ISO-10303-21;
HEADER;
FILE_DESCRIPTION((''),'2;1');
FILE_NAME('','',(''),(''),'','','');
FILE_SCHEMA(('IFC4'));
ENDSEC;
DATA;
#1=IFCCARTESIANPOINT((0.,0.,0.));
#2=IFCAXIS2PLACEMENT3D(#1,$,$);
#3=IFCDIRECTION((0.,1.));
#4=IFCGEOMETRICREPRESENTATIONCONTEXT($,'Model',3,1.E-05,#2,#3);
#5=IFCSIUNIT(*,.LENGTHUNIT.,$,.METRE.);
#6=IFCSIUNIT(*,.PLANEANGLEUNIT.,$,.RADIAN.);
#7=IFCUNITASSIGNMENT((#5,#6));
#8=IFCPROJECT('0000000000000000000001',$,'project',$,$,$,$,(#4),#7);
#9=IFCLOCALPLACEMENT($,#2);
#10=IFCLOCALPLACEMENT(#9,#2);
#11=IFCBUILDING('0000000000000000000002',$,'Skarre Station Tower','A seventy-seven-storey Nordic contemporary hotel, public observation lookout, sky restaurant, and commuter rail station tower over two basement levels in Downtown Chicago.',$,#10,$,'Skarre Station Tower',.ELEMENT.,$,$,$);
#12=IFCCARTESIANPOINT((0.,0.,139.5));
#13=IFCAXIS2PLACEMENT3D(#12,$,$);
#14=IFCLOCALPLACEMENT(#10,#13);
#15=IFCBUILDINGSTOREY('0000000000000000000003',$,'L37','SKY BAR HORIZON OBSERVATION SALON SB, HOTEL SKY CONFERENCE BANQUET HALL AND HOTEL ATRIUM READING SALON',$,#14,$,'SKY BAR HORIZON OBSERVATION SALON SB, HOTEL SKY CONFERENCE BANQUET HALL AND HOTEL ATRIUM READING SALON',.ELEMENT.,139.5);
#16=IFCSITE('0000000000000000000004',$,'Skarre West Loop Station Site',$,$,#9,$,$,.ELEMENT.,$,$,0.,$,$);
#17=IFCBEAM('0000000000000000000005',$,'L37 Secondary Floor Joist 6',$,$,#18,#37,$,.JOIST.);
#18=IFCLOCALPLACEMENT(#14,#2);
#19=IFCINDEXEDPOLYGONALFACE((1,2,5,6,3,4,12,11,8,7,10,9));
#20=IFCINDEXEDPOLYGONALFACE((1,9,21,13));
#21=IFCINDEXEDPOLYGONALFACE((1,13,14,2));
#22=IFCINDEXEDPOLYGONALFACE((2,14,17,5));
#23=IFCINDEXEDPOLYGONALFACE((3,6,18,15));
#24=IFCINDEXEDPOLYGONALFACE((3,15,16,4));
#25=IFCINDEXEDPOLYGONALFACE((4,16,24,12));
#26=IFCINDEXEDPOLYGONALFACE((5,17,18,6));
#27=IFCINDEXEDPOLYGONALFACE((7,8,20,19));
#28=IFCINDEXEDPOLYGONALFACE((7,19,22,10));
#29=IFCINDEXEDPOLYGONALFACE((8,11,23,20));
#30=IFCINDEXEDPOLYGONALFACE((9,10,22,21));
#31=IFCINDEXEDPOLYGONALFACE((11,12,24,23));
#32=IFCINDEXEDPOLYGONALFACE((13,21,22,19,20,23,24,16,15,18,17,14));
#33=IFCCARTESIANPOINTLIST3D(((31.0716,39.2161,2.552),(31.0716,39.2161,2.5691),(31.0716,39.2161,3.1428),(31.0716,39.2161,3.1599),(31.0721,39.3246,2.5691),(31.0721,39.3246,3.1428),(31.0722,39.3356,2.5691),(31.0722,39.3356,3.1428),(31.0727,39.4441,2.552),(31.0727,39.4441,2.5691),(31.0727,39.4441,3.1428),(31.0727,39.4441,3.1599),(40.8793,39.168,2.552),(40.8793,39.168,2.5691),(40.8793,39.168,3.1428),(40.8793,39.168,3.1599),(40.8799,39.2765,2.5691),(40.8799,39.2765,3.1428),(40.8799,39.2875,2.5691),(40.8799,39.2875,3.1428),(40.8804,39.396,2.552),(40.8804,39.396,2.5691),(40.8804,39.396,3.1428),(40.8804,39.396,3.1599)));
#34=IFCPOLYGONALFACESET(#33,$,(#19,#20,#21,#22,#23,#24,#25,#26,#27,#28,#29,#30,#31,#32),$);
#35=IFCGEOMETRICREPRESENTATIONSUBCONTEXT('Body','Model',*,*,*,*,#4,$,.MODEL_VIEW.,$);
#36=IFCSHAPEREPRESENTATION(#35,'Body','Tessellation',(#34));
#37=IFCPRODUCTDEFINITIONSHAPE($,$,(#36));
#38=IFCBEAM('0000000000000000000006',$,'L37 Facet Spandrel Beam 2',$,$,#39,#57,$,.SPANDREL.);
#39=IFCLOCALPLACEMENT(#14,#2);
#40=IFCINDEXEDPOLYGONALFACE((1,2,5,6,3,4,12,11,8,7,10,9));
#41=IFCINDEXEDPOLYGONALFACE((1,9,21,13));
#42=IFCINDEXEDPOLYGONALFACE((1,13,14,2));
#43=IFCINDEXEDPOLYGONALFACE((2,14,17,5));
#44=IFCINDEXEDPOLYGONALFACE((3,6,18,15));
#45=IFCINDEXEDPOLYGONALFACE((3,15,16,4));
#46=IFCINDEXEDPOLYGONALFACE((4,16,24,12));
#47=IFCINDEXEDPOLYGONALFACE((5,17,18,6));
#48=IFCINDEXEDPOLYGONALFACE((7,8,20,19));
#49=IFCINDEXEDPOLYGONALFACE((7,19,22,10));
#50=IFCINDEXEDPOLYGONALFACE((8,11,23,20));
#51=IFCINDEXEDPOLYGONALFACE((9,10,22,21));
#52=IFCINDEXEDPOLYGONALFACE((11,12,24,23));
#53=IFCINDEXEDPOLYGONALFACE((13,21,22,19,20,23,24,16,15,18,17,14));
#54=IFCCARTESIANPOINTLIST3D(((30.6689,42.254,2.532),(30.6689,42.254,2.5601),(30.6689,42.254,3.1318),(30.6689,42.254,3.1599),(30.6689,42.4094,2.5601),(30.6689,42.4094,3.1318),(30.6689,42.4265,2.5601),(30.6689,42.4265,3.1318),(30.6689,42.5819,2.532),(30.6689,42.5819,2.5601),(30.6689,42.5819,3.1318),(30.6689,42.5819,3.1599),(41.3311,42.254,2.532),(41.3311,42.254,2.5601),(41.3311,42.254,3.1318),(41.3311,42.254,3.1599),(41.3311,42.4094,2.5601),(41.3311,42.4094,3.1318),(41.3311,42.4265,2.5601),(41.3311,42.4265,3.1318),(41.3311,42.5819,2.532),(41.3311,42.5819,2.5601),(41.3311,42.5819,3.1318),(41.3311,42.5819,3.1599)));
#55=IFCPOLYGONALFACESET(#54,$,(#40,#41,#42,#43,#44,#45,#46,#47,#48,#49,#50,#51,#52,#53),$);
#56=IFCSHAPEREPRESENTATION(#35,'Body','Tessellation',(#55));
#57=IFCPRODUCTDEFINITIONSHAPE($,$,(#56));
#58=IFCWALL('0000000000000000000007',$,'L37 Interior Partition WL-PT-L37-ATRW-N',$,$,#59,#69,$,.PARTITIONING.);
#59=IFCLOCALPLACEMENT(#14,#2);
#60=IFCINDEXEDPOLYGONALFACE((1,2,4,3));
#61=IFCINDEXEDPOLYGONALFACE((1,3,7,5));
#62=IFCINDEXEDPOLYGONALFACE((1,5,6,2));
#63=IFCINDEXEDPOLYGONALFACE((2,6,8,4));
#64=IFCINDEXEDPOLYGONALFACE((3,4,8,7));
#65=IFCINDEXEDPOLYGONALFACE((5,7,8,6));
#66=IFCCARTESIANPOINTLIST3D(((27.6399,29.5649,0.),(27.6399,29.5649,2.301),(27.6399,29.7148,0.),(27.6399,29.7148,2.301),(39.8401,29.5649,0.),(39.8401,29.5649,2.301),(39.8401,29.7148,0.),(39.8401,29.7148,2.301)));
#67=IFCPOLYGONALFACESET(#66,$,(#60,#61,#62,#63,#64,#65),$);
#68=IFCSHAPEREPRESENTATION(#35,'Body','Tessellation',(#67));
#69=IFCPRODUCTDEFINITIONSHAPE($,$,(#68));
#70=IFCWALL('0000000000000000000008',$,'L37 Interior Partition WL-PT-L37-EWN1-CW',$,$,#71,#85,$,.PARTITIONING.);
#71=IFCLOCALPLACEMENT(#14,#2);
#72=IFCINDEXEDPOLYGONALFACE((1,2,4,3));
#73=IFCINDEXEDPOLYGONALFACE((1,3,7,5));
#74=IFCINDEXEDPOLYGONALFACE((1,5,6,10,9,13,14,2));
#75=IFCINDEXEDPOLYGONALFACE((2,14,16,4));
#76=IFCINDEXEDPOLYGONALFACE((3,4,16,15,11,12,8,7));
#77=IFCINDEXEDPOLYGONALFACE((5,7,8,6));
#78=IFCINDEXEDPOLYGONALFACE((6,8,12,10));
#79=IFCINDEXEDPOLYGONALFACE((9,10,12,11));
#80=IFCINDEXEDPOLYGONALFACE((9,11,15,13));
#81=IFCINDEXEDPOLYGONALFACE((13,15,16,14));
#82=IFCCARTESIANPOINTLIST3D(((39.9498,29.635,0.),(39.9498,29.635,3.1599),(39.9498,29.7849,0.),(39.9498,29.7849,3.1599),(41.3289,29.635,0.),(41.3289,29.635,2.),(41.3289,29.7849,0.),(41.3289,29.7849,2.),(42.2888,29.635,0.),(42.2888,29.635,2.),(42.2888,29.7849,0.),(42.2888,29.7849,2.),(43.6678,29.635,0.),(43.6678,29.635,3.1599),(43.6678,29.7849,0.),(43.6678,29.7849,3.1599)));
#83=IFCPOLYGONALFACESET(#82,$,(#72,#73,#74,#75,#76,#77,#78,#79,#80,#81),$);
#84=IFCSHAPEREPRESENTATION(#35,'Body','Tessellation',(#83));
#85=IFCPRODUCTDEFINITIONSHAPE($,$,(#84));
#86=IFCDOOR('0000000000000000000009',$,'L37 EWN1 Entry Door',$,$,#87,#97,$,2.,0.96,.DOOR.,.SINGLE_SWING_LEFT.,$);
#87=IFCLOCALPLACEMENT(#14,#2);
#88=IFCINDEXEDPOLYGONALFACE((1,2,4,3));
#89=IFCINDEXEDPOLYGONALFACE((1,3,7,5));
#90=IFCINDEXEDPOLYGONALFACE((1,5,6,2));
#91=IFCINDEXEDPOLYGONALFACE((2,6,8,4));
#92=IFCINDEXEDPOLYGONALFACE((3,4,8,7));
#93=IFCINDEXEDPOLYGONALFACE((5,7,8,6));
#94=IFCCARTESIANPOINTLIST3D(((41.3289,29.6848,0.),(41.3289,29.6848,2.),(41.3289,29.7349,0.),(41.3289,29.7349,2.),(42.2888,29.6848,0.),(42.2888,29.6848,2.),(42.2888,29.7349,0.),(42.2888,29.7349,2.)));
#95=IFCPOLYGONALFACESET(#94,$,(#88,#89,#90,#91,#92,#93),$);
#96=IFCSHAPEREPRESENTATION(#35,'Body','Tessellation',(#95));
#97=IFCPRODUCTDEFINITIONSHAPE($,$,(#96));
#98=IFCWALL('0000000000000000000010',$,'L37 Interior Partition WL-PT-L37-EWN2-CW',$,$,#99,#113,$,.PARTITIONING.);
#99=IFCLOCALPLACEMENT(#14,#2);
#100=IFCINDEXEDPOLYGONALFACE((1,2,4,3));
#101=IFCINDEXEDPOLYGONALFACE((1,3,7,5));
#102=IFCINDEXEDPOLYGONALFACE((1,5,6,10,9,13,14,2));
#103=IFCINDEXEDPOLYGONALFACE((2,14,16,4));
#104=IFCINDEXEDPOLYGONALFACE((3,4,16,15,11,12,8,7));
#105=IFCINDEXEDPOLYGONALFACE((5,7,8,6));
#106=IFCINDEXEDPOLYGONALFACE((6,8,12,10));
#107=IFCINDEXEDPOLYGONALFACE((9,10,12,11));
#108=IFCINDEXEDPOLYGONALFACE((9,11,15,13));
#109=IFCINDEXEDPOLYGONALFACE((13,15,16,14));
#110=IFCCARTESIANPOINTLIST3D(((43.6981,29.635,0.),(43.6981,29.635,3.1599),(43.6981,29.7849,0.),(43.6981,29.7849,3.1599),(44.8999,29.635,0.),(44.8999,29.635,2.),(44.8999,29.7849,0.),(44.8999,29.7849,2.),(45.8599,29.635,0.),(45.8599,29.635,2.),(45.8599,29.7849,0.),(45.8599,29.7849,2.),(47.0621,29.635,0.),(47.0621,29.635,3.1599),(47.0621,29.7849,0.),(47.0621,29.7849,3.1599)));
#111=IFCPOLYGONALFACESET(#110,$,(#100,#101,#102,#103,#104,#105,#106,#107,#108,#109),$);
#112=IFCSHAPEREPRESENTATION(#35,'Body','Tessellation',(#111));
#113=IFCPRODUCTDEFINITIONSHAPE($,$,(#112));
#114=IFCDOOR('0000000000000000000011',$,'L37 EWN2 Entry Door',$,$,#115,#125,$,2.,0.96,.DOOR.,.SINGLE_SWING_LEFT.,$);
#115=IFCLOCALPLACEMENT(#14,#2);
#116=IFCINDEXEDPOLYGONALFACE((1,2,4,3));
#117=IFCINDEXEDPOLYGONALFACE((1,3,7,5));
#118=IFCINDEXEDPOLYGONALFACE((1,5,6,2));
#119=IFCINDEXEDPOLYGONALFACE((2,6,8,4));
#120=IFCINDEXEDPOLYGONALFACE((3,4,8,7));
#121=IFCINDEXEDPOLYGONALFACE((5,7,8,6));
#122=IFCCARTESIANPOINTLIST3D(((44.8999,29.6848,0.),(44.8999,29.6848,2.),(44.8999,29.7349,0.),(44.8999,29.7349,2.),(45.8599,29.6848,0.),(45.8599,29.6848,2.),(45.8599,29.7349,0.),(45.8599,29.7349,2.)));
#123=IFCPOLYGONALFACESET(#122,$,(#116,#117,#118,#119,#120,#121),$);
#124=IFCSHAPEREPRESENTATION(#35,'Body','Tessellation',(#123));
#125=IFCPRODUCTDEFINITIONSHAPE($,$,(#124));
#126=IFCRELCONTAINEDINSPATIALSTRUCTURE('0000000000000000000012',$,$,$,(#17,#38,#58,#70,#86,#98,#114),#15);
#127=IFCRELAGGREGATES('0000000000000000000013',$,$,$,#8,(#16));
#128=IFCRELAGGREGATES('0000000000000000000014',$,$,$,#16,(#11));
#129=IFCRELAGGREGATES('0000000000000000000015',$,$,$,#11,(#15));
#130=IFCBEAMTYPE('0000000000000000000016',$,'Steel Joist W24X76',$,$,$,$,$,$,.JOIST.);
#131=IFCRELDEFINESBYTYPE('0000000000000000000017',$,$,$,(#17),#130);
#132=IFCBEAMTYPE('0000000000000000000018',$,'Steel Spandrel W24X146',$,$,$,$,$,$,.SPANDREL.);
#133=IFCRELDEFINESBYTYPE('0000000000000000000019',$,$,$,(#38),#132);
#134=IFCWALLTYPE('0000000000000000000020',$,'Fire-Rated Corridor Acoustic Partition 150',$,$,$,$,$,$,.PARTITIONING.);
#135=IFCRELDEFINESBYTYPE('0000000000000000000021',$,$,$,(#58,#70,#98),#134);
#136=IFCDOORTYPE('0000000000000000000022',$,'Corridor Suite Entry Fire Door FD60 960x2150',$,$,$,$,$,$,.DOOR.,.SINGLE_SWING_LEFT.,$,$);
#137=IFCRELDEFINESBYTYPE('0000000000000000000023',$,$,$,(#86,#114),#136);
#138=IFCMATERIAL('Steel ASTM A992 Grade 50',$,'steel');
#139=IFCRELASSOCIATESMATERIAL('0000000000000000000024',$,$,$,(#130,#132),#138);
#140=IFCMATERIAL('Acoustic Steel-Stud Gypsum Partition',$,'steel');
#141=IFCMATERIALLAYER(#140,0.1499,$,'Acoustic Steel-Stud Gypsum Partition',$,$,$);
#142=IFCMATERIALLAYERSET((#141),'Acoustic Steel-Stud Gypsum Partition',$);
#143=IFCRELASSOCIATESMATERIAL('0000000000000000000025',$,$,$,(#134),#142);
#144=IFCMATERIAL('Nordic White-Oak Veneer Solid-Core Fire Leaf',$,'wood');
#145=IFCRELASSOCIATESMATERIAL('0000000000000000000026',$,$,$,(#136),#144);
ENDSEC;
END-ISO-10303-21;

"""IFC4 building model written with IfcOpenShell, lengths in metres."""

from ifc_helpers import new_model, si_unit, direction, frame, frame_2d, origin, origin_2d, place, context, subcontext, project, spatial, rectangle, i_section, extrude, material, layer, layer_set, material_profile, profile_set, type_object, element, fill, save


model = new_model("IFC4")

# Units and contexts
model_context = context("Model", 3, precision=1e-05, world=origin(), true_north=direction((0.0, 1.0)))
body_context = subcontext(model_context, "Body", "Model", "MODEL_VIEW")
ifc_project = project(units=[si_unit("LENGTHUNIT", "METRE"), si_unit("PLANEANGLEUNIT", "RADIAN")], contexts=[model_context])

# Site, building, storey
site_placement = place(None, origin())
site = spatial("IfcSite", under=ifc_project, at=site_placement, Name="Skarre West Loop Station Site", CompositionType="ELEMENT", RefElevation=0.0)
building_placement = place(site_placement, origin())
building = spatial("IfcBuilding", under=site, at=building_placement, Name="Skarre Station Tower", Description="A seventy-seven-storey Nordic contemporary hotel, public observation lookout, sky restaurant, and commuter rail station tower over two basement levels in Downtown Chicago.", LongName="Skarre Station Tower", CompositionType="ELEMENT")
storey_placement = place(building_placement, frame((0.0, 0.0, 139.5)))
storey = spatial("IfcBuildingStorey", under=building, at=storey_placement, Name="L37", Description="SKY BAR HORIZON OBSERVATION SALON SB, HOTEL SKY CONFERENCE BANQUET HALL AND HOTEL ATRIUM READING SALON", LongName="SKY BAR HORIZON OBSERVATION SALON SB, HOTEL SKY CONFERENCE BANQUET HALL AND HOTEL ATRIUM READING SALON", CompositionType="ELEMENT", Elevation=139.5)

# Beams
ifc_material_1 = material(Name="Steel ASTM A992 Grade 50", Category="steel")
ifc_material_profile_1 = material_profile(ifc_material_1, i_section(OverallWidth=0.228, OverallDepth=0.6079, WebThickness=0.011, FlangeThickness=0.0171, at=origin_2d()), Name="Steel ASTM A992 Grade 50")
ifc_profile_set_1 = profile_set([ifc_material_profile_1], Name="Steel ASTM A992 Grade 50")
beam_type_1 = type_object("IfcBeamType", Name="Steel Joist W24X76", PredefinedType="JOIST", material=ifc_profile_set_1)
beam_1_placement = place(storey_placement, frame((40.8799, 39.282, 2.856), z_axis=(-0.999988, 0.004904, 0.0), x_axis=(-0.004904, -0.999988, 0.0)))
element("IfcBeam", 1, at=beam_1_placement, inside=storey, type_object=beam_type_1, Name="L37 Secondary Floor Joist 6", PredefinedType="JOIST", context=body_context, shape_type="SweptSolid", body=[
    extrude(i_section(OverallWidth=0.228, OverallDepth=0.6079, WebThickness=0.011, FlangeThickness=0.0171, at=origin_2d()), origin(), (0.0, 0.0, 1.0), 9.8079),
])
ifc_material_profile_2 = material_profile(ifc_material_1, i_section(OverallWidth=0.3279, OverallDepth=0.6279, WebThickness=0.0171, FlangeThickness=0.0281, at=origin_2d()), Name="Steel ASTM A992 Grade 50")
ifc_profile_set_2 = profile_set([ifc_material_profile_2], Name="Steel ASTM A992 Grade 50")
beam_type_2 = type_object("IfcBeamType", Name="Steel Spandrel W24X146", PredefinedType="SPANDREL", material=ifc_profile_set_2)
beam_2_placement = place(storey_placement, frame((41.3311, 42.418, 2.8459), z_axis=(-1.0, 0.0, 0.0), x_axis=(0.0, -1.0, 0.0)))
element("IfcBeam", 2, at=beam_2_placement, inside=storey, type_object=beam_type_2, Name="L37 Facet Spandrel Beam 2", PredefinedType="SPANDREL", context=body_context, shape_type="SweptSolid", body=[
    extrude(i_section(OverallWidth=0.3279, OverallDepth=0.6279, WebThickness=0.0171, FlangeThickness=0.0281, at=origin_2d()), origin(), (0.0, 0.0, 1.0), 10.6621),
])

# Wall
ifc_material_2 = material(Name="Acoustic Steel-Stud Gypsum Partition", Category="steel")
ifc_layer_1 = layer(ifc_material_2, 0.1499, Name="Acoustic Steel-Stud Gypsum Partition")
ifc_layer_set_1 = layer_set([ifc_layer_1], Name="Acoustic Steel-Stud Gypsum Partition")
wall_type_1 = type_object("IfcWallType", Name="Fire-Rated Corridor Acoustic Partition 150", PredefinedType="PARTITIONING", material=ifc_layer_set_1)
wall_1_placement = place(storey_placement, frame((39.8401, 29.6399, 0.0), z_axis=(0.0, 0.0, 1.0), x_axis=(-1.0, 0.0, 0.0)))
element("IfcWall", 3, at=wall_1_placement, inside=storey, type_object=wall_type_1, Name="L37 Interior Partition WL-PT-L37-ATRW-N", PredefinedType="PARTITIONING", context=body_context, shape_type="SweptSolid", body=[
    extrude(rectangle(XDim=12.2002, YDim=0.1499, at=frame_2d((6.1001, 0.0))), origin(), (0.0, 0.0, 1.0), 2.301),
])

# Walls, openings, doors
wall_2_placement = place(storey_placement, frame((39.95, 29.71, 0.0), z_axis=(0.0, 0.0, 1.0), x_axis=(1.0, 0.0, 0.0)))
wall_2 = element("IfcWall", 4, at=wall_2_placement, inside=storey, type_object=wall_type_1, Name="L37 Interior Partition WL-PT-L37-EWN1-CW", PredefinedType="PARTITIONING", context=body_context, shape_type="SweptSolid", body=[
    extrude(rectangle(XDim=3.718, YDim=0.1499, at=frame_2d((1.8589, 0.0))), origin(), (0.0, 0.0, 1.0), 3.1599),
])
opening_1_placement = place(wall_2_placement, frame((1.3789, 0.0, 0.0)))
opening_1 = element("IfcOpeningElement", 5, at=opening_1_placement, cuts=wall_2, PredefinedType="OPENING", context=body_context, shape_type="SweptSolid", body=[
    extrude(rectangle(XDim=0.96, YDim=2.0, at=frame_2d((0.48, 1.0))), frame((0.0, 0.085, 0.0), z_axis=(0.0, -1.0, 0.0), x_axis=(1.0, 0.0, 0.0)), (0.0, 0.0, 1.0), 0.1699),
])
ifc_material_3 = material(Name="Nordic White-Oak Veneer Solid-Core Fire Leaf", Category="wood")
door_type = type_object("IfcDoorType", Name="Corridor Suite Entry Fire Door FD60 960x2150", OperationType="SINGLE_SWING_LEFT", PredefinedType="DOOR", material=ifc_material_3)
door_1_placement = place(opening_1_placement, origin())
door_1 = element("IfcDoor", 6, at=door_1_placement, inside=storey, type_object=door_type, Name="L37 EWN1 Entry Door", OperationType="SINGLE_SWING_LEFT", OverallHeight=2.0, OverallWidth=0.96, PredefinedType="DOOR", context=body_context, shape_type="SweptSolid", body=[
    extrude(rectangle(XDim=0.96, YDim=2.0, at=frame_2d((0.48, 1.0))), frame((0.0, 0.0249, 0.0), z_axis=(0.0, -1.0, 0.0), x_axis=(1.0, 0.0, 0.0)), (0.0, 0.0, 1.0), 0.05),
])
fill(opening_1, door_1)
wall_3_placement = place(storey_placement, frame((43.698, 29.71, 0.0), z_axis=(0.0, 0.0, 1.0), x_axis=(1.0, 0.0, 0.0)))
wall_3 = element("IfcWall", 7, at=wall_3_placement, inside=storey, type_object=wall_type_1, Name="L37 Interior Partition WL-PT-L37-EWN2-CW", PredefinedType="PARTITIONING", context=body_context, shape_type="SweptSolid", body=[
    extrude(rectangle(XDim=3.364, YDim=0.1499, at=frame_2d((1.6821, 0.0))), origin(), (0.0, 0.0, 1.0), 3.1599),
])
opening_2_placement = place(wall_3_placement, frame((1.2019, 0.0, 0.0)))
opening_2 = element("IfcOpeningElement", 8, at=opening_2_placement, cuts=wall_3, PredefinedType="OPENING", context=body_context, shape_type="SweptSolid", body=[
    extrude(rectangle(XDim=0.96, YDim=2.0, at=frame_2d((0.48, 1.0))), frame((0.0, 0.085, 0.0), z_axis=(0.0, -1.0, 0.0), x_axis=(1.0, 0.0, 0.0)), (0.0, 0.0, 1.0), 0.1699),
])
door_2_placement = place(opening_2_placement, origin())
door_2 = element("IfcDoor", 9, at=door_2_placement, inside=storey, type_object=door_type, Name="L37 EWN2 Entry Door", OperationType="SINGLE_SWING_LEFT", OverallHeight=2.0, OverallWidth=0.96, PredefinedType="DOOR", context=body_context, shape_type="SweptSolid", body=[
    extrude(rectangle(XDim=0.96, YDim=2.0, at=frame_2d((0.48, 1.0))), frame((0.0, 0.0249, 0.0), z_axis=(0.0, -1.0, 0.0), x_axis=(1.0, 0.0, 0.0)), (0.0, 0.0, 1.0), 0.05),
])
fill(opening_2, door_2)

save(model, "model.ifc")
